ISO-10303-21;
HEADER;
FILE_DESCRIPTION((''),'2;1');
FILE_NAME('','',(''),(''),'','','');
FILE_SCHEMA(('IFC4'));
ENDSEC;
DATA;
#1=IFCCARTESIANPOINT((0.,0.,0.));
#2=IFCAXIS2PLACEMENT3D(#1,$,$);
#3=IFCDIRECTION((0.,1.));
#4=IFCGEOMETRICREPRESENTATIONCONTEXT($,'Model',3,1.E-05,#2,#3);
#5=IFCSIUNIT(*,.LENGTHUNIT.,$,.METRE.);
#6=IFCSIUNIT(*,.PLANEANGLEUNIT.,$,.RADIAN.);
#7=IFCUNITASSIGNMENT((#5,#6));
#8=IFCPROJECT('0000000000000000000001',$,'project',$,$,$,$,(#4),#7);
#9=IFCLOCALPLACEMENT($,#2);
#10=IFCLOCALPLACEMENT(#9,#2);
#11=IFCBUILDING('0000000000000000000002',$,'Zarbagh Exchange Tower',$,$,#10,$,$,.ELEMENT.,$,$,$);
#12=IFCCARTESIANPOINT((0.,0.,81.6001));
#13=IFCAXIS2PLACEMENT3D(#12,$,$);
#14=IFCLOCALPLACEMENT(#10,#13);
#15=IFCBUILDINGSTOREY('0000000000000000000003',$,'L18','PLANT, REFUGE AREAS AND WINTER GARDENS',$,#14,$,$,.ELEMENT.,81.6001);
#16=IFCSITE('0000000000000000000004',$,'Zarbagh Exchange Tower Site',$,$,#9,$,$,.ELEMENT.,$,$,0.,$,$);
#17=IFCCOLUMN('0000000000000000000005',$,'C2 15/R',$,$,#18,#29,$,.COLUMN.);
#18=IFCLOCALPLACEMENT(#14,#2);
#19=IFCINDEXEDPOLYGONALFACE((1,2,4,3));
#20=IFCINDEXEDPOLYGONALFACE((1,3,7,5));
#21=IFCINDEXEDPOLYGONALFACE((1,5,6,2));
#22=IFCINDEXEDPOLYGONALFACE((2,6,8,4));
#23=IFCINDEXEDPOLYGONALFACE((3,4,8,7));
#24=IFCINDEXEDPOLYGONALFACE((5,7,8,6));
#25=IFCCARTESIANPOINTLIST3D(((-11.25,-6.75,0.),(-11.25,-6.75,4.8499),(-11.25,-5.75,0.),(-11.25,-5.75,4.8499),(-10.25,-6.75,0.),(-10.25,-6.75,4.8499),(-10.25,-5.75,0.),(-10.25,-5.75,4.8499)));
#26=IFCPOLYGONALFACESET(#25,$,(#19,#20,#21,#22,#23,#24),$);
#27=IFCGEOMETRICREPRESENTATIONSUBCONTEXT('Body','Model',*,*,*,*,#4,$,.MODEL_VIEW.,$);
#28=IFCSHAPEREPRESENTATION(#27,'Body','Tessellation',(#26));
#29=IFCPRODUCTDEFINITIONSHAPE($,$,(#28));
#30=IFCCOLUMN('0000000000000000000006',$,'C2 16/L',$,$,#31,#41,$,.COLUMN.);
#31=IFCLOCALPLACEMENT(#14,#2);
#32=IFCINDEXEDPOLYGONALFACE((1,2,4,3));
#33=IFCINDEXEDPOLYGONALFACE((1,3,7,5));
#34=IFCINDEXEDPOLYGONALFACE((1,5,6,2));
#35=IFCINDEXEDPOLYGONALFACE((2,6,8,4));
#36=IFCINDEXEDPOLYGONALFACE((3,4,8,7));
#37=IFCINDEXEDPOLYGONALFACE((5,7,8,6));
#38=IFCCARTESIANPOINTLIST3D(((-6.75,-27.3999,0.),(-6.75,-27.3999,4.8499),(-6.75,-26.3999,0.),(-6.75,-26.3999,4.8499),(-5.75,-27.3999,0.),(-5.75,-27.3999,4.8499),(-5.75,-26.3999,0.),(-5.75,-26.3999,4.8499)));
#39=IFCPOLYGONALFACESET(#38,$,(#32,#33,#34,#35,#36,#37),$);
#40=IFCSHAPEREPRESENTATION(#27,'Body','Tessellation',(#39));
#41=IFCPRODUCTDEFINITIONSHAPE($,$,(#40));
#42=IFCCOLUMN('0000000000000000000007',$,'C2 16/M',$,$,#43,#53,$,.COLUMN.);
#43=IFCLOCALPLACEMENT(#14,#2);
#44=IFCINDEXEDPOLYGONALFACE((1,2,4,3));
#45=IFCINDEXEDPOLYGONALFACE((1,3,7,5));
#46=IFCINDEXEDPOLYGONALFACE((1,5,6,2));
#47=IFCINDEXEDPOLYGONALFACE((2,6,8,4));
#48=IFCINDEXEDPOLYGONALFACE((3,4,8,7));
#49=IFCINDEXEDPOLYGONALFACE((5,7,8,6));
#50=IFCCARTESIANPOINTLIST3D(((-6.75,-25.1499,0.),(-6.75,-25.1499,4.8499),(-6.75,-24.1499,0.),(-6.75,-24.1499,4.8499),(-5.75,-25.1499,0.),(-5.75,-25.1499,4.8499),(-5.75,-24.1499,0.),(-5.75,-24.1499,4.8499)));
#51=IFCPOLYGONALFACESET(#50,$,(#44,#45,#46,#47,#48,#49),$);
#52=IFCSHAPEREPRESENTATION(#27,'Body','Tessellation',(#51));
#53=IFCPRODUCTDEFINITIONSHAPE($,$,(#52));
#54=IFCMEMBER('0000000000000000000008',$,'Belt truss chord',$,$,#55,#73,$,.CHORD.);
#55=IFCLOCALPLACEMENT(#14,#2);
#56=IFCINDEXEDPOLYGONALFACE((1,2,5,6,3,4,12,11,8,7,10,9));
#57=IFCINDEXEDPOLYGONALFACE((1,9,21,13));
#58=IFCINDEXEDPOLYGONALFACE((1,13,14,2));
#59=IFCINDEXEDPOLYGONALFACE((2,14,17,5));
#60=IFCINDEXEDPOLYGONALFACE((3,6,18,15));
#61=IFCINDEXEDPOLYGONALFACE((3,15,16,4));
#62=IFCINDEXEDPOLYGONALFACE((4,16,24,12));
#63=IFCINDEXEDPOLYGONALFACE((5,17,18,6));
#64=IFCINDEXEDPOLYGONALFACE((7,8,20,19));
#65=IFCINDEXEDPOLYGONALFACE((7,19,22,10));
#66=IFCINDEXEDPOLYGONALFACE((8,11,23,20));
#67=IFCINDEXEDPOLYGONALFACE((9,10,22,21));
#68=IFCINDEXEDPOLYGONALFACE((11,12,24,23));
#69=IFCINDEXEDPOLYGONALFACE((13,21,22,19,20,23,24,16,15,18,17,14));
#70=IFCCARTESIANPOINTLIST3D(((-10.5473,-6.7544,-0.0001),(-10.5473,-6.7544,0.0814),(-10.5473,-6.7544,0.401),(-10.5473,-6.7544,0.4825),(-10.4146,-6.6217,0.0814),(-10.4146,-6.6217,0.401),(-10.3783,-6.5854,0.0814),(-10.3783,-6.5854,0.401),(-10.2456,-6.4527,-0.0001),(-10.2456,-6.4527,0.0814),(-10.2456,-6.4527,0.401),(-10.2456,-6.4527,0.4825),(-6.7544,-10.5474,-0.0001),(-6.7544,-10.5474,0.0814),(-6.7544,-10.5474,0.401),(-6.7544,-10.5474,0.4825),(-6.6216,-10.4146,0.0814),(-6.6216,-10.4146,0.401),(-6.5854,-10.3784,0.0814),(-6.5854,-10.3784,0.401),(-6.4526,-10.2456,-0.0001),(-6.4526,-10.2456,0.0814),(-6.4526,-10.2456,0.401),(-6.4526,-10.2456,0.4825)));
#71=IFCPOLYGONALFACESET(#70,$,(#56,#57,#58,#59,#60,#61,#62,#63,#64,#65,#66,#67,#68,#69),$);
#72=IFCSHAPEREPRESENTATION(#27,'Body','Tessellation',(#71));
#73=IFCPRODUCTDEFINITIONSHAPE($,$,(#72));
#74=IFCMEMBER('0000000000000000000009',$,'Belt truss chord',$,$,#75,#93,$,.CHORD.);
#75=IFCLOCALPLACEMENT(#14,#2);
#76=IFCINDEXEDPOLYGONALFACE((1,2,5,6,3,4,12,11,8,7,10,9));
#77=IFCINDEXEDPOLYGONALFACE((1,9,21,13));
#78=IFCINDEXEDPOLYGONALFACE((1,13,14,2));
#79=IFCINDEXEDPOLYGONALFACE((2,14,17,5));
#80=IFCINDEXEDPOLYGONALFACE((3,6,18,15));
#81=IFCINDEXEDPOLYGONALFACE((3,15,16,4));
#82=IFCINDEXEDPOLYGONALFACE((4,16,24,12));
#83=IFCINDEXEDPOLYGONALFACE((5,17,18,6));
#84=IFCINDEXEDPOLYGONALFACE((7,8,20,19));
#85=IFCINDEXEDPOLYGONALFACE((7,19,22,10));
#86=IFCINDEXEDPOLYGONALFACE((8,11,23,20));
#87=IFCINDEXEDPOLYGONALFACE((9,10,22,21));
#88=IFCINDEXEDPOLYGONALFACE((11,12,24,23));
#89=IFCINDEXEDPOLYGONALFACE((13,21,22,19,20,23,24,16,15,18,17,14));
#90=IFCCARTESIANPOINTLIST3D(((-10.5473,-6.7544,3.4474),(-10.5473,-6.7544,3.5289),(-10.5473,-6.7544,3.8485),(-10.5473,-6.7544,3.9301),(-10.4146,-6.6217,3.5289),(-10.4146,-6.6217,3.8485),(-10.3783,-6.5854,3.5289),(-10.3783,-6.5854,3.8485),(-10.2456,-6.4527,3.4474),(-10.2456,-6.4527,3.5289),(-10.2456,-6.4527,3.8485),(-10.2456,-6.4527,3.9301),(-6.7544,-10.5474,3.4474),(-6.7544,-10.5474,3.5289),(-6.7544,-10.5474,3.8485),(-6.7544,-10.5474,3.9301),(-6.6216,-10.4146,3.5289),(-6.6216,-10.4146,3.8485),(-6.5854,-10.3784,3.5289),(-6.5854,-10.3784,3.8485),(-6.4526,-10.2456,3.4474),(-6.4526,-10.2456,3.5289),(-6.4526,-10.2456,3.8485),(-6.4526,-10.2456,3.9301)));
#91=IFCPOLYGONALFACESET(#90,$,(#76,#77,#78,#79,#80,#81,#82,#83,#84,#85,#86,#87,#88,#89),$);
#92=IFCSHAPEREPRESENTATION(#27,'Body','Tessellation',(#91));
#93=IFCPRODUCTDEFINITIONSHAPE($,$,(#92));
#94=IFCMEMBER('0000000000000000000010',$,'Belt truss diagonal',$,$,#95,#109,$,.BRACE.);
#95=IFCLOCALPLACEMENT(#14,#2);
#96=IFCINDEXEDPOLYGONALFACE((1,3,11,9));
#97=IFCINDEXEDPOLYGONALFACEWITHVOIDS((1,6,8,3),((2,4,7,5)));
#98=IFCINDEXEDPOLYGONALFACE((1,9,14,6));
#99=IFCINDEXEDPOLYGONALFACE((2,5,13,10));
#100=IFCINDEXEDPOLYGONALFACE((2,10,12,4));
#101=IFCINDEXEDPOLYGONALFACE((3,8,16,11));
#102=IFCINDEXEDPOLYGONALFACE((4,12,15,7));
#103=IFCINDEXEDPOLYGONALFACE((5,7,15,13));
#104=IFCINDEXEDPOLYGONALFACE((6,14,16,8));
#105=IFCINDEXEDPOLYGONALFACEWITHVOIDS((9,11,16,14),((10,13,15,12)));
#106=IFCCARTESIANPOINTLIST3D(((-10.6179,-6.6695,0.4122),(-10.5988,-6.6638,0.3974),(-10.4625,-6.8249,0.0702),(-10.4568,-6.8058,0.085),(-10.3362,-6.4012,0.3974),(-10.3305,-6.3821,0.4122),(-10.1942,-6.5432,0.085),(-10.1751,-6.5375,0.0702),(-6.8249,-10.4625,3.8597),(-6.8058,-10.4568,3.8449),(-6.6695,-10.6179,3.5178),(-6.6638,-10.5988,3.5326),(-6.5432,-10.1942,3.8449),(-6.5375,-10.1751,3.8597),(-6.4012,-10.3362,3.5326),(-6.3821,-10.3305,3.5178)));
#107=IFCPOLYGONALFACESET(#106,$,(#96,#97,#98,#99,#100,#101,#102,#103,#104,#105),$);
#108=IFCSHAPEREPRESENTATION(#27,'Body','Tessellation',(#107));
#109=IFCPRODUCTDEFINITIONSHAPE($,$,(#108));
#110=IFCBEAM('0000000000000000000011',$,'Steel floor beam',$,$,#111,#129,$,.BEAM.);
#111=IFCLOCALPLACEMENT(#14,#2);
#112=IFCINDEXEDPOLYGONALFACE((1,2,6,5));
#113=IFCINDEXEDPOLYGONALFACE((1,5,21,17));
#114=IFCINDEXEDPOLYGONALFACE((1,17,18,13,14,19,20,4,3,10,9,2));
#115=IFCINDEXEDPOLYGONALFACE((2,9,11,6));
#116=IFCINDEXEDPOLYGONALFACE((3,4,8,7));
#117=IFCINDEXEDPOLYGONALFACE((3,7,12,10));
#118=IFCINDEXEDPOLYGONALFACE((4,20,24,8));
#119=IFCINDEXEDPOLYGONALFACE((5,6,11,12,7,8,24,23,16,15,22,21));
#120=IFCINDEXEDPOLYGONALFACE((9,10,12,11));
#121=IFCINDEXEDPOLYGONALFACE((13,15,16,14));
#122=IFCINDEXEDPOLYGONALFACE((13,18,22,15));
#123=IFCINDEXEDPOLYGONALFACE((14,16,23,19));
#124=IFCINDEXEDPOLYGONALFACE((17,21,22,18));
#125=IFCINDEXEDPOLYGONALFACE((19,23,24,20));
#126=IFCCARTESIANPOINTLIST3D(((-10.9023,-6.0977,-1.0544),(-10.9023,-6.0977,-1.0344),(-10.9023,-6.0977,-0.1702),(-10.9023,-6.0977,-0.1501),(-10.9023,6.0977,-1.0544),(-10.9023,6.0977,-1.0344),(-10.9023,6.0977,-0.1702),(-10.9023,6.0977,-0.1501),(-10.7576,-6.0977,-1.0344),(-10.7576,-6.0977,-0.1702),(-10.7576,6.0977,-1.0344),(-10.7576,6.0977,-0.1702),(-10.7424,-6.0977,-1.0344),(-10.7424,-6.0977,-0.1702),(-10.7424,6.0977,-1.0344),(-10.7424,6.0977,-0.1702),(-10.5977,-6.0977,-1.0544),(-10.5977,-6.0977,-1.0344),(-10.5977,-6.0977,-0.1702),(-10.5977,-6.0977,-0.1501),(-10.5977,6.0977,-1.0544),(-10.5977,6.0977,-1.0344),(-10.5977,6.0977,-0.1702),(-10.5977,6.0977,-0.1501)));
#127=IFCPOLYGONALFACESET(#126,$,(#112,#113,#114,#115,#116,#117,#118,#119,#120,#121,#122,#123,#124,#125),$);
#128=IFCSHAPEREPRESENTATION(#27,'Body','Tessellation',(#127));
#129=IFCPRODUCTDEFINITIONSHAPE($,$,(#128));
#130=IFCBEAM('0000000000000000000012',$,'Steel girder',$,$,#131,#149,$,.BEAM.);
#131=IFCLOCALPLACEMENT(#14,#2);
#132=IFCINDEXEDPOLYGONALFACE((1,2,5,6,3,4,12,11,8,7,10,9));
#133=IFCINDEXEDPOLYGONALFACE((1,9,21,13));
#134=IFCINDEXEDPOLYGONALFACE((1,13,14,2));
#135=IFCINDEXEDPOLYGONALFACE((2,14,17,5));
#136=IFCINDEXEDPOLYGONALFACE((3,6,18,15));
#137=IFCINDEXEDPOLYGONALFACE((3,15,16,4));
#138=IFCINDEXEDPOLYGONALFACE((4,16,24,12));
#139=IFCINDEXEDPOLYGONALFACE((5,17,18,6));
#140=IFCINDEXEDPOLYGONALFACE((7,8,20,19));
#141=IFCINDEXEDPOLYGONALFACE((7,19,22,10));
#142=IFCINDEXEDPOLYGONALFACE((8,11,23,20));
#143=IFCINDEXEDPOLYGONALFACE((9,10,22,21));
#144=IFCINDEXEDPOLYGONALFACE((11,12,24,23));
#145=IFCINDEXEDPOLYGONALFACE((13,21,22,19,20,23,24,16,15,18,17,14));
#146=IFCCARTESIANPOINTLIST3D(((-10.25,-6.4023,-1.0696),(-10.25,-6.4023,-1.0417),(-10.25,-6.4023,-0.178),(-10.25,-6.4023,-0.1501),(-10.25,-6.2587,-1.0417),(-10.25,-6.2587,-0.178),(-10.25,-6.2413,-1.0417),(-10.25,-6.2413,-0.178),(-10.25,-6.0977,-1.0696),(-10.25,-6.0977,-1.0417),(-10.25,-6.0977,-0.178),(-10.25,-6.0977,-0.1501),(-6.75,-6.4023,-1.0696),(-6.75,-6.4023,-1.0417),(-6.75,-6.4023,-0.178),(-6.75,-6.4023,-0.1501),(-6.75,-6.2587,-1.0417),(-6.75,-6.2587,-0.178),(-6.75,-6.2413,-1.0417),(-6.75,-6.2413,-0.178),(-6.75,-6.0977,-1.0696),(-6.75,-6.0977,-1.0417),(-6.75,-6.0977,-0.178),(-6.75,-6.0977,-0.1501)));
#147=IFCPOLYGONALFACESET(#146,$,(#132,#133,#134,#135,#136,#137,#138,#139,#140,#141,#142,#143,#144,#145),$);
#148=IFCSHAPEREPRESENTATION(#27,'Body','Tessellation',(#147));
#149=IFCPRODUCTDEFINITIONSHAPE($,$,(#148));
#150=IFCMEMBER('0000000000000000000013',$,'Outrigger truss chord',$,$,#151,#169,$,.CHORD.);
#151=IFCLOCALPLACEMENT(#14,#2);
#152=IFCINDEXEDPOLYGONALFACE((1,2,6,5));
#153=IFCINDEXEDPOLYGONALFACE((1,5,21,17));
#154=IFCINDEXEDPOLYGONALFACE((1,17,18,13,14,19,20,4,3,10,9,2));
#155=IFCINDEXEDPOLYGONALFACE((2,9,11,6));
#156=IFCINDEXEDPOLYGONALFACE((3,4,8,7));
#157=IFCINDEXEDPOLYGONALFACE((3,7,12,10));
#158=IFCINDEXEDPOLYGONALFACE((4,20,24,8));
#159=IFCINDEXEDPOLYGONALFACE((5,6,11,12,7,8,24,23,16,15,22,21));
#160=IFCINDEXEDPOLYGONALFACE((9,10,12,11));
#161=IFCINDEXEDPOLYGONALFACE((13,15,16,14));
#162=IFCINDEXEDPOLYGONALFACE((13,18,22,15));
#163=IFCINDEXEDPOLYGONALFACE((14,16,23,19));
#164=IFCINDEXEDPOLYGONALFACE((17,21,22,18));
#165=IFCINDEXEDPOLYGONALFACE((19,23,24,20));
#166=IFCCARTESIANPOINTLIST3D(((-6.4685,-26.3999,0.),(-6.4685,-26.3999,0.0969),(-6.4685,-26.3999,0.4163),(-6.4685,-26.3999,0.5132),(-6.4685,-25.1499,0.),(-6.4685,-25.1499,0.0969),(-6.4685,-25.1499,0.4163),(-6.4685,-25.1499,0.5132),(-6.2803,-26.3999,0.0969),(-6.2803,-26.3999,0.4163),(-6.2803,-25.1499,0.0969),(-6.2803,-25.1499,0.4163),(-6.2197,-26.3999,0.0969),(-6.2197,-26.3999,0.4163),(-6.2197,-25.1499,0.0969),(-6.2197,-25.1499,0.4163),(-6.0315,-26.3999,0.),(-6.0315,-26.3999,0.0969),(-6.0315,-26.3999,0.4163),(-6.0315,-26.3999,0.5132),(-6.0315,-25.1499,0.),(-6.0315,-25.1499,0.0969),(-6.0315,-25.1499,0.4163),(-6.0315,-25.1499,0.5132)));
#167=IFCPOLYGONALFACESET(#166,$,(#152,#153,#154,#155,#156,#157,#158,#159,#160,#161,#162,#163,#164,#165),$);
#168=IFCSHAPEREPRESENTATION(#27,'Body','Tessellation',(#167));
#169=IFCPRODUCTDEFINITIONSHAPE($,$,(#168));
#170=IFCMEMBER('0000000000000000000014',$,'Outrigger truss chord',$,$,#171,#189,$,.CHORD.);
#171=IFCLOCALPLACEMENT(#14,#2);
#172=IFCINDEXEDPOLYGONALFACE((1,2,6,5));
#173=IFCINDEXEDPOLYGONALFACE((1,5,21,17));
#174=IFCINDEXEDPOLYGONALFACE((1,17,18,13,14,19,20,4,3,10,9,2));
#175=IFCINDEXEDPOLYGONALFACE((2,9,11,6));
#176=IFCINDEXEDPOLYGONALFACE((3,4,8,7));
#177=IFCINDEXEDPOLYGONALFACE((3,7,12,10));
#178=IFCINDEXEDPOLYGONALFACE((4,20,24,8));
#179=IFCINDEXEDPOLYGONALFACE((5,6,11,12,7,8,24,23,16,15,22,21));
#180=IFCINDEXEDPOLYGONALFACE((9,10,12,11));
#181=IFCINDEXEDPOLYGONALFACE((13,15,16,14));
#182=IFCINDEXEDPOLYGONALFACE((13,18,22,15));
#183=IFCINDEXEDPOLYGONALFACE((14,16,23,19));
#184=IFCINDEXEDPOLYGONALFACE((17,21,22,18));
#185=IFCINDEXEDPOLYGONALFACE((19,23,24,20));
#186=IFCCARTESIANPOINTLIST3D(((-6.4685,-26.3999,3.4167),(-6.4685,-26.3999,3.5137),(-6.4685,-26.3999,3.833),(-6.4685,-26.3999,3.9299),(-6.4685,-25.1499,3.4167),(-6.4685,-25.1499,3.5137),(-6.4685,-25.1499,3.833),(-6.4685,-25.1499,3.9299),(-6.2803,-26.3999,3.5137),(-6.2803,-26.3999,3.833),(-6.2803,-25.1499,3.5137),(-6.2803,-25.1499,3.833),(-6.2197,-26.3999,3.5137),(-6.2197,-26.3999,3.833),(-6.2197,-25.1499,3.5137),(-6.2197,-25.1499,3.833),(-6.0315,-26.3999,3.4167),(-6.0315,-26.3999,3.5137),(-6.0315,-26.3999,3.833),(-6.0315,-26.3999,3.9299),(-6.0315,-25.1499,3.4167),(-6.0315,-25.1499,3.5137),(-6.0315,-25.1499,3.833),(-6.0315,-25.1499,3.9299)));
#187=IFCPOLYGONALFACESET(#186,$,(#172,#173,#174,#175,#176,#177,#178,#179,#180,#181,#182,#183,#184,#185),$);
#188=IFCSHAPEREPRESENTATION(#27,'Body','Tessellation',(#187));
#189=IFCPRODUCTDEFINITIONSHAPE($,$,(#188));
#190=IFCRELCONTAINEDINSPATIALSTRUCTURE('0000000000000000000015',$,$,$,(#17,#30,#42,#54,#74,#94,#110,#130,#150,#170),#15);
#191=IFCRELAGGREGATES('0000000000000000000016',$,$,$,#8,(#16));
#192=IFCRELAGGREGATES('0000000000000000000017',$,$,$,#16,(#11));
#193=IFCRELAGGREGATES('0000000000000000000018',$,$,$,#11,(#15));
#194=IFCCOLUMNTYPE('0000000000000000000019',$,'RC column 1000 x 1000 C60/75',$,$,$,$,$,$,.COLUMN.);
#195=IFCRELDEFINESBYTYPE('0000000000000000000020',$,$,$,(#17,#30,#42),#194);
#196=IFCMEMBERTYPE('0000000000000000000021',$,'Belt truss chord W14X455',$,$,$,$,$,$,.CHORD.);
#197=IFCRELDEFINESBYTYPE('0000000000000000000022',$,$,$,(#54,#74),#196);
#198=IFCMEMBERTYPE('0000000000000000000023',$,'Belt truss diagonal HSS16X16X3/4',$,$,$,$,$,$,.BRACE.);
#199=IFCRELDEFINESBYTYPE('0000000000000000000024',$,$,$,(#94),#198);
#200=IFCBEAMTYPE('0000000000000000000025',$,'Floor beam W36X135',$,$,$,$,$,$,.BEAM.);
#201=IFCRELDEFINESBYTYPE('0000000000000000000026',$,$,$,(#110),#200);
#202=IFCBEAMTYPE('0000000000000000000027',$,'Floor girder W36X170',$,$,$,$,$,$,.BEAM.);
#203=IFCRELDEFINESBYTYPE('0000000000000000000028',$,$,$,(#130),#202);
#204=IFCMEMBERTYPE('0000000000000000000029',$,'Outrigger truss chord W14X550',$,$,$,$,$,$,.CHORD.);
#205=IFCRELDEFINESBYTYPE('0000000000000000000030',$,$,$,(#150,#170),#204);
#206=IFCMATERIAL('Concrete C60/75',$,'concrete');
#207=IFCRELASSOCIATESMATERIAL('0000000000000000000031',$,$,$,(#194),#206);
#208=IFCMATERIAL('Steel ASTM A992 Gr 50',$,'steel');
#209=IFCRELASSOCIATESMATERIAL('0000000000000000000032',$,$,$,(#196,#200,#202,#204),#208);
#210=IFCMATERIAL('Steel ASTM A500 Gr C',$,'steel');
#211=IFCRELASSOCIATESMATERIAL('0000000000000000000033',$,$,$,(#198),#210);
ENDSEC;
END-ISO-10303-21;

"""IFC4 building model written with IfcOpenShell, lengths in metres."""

from ifc_helpers import new_model, si_unit, direction, frame, origin, origin_2d, place, context, subcontext, project, spatial, rectangle, hollow_rectangle, i_section, extrude, material, material_profile, profile_set, type_object, element, save


model = new_model("IFC4")

# Units and contexts
model_context = context("Model", 3, precision=1e-05, world=origin(), true_north=direction((0.0, 1.0)))
body_context = subcontext(model_context, "Body", "Model", "MODEL_VIEW")
ifc_project = project(units=[si_unit("LENGTHUNIT", "METRE"), si_unit("PLANEANGLEUNIT", "RADIAN")], contexts=[model_context])

# Site, building, storey
site_placement = place(None, origin())
site = spatial("IfcSite", under=ifc_project, at=site_placement, Name="Zarbagh Exchange Tower Site", CompositionType="ELEMENT", RefElevation=0.0)
building_placement = place(site_placement, origin())
building = spatial("IfcBuilding", under=site, at=building_placement, Name="Zarbagh Exchange Tower", CompositionType="ELEMENT")
storey_placement = place(building_placement, frame((0.0, 0.0, 81.6001)))
storey = spatial("IfcBuildingStorey", under=building, at=storey_placement, Name="L18", Description="PLANT, REFUGE AREAS AND WINTER GARDENS", CompositionType="ELEMENT", Elevation=81.6001)

# Columns
ifc_material_1 = material(Name="Concrete C60/75", Category="concrete")
ifc_material_profile_1 = material_profile(ifc_material_1, rectangle(XDim=1.0, YDim=1.0, at=origin_2d()), Name="RC column 1000 x 1000 C60/75")
ifc_profile_set_1 = profile_set([ifc_material_profile_1], Name="Concrete C60/75")
column_type = type_object("IfcColumnType", Name="RC column 1000 x 1000 C60/75", PredefinedType="COLUMN", material=ifc_profile_set_1)
for number, where, z_axis, x_axis, name in (
    (1, (-10.75, -6.25, 0.0), (0.0, 0.0, 1.0), (1.0, 0.0, 0.0), "C2 15/R"),
    (2, (-6.25, -26.8999, 0.0), (0.0, 0.0, 1.0), (1.0, 0.0, 0.0), "C2 16/L"),
    (3, (-6.25, -24.6499, 0.0), (0.0, 0.0, 1.0), (1.0, 0.0, 0.0), "C2 16/M"),
):
    element("IfcColumn", number, at=place(storey_placement, frame(where, z_axis=z_axis, x_axis=x_axis)), inside=storey, type_object=column_type, Name=name, PredefinedType="COLUMN", context=body_context, shape_type="SweptSolid", body=[
        extrude(rectangle(XDim=1.0, YDim=1.0, at=origin_2d()), origin(), (0.0, 0.0, 1.0), 4.8499),
    ])

# Members
ifc_material_2 = material(Name="Steel ASTM A992 Gr 50", Category="steel")
ifc_material_profile_2 = material_profile(ifc_material_2, i_section(OverallWidth=0.4268, OverallDepth=0.4827, WebThickness=0.0513, FlangeThickness=0.0815, at=origin_2d()), Name="W14X455")
ifc_profile_set_2 = profile_set([ifc_material_profile_2], Name="Steel ASTM A992 Gr 50")
member_type_1 = type_object("IfcMemberType", Name="Belt truss chord W14X455", PredefinedType="CHORD", material=ifc_profile_set_2)
for number, where, z_axis, x_axis, name in (
    (4, (-6.6035, -10.3965, 0.2412), (-0.707107, 0.707107, 0.0), (-0.707107, -0.707107, 0.0), "Belt truss chord"),
    (5, (-6.6035, -10.3965, 3.6887), (-0.707107, 0.707107, 0.0), (-0.707107, -0.707107, 0.0), "Belt truss chord"),
):
    element("IfcMember", number, at=place(storey_placement, frame(where, z_axis=z_axis, x_axis=x_axis)), inside=storey, type_object=member_type_1, Name=name, PredefinedType="CHORD", context=body_context, shape_type="SweptSolid", body=[
        extrude(i_section(OverallWidth=0.4268, OverallDepth=0.4827, WebThickness=0.0513, FlangeThickness=0.0815, at=origin_2d()), origin(), (0.0, 0.0, 1.0), 5.364),
    ])
ifc_material_3 = material(Name="Steel ASTM A500 Gr C", Category="steel")
ifc_material_profile_3 = material_profile(ifc_material_3, hollow_rectangle(XDim=0.4065, YDim=0.4065, WallThickness=0.0176, at=origin_2d()), Name="HSS16X16X3/4")
ifc_profile_set_3 = profile_set([ifc_material_profile_3], Name="Steel ASTM A500 Gr C")
member_type_2 = type_object("IfcMemberType", Name="Belt truss diagonal HSS16X16X3/4", PredefinedType="BRACE", material=ifc_profile_set_3)
member_1_placement = place(storey_placement, frame((-10.3965, -6.6035, 0.2412), z_axis=(0.594844, -0.594844, 0.540667), x_axis=(0.707107, 0.707107, 0.0)))
element("IfcMember", 6, at=member_1_placement, inside=storey, type_object=member_type_2, Name="Belt truss diagonal", PredefinedType="BRACE", context=body_context, shape_type="SweptSolid", body=[
    extrude(hollow_rectangle(XDim=0.4065, YDim=0.4065, WallThickness=0.0176, at=origin_2d()), origin(), (0.0, 0.0, 1.0), 6.3765),
])

# Beams
ifc_material_profile_4 = material_profile(ifc_material_2, i_section(OverallWidth=0.3047, OverallDepth=0.9043, WebThickness=0.0151, FlangeThickness=0.02, at=origin_2d()), Name="W36X135")
ifc_profile_set_4 = profile_set([ifc_material_profile_4], Name="Steel ASTM A992 Gr 50")
beam_type_1 = type_object("IfcBeamType", Name="Floor beam W36X135", PredefinedType="BEAM", material=ifc_profile_set_4)
beam_1_placement = place(storey_placement, frame((-10.75, -6.0977, -0.6023), z_axis=(0.0, 1.0, 0.0), x_axis=(-1.0, 0.0, 0.0)))
element("IfcBeam", 7, at=beam_1_placement, inside=storey, type_object=beam_type_1, Name="Steel floor beam", PredefinedType="BEAM", context=body_context, shape_type="SweptSolid", body=[
    extrude(i_section(OverallWidth=0.3047, OverallDepth=0.9043, WebThickness=0.0151, FlangeThickness=0.02, at=origin_2d()), origin(), (0.0, 0.0, 1.0), 12.1953),
])
ifc_material_profile_5 = material_profile(ifc_material_2, i_section(OverallWidth=0.3047, OverallDepth=0.9194, WebThickness=0.0173, FlangeThickness=0.0278, at=origin_2d()), Name="W36X170")
ifc_profile_set_5 = profile_set([ifc_material_profile_5], Name="Steel ASTM A992 Gr 50")
beam_type_2 = type_object("IfcBeamType", Name="Floor girder W36X170", PredefinedType="BEAM", material=ifc_profile_set_5)
beam_2_placement = place(storey_placement, frame((-10.25, -6.25, -0.6099), z_axis=(1.0, 0.0, 0.0), x_axis=(0.0, 1.0, 0.0)))
element("IfcBeam", 8, at=beam_2_placement, inside=storey, type_object=beam_type_2, Name="Steel girder", PredefinedType="BEAM", context=body_context, shape_type="SweptSolid", body=[
    extrude(i_section(OverallWidth=0.3047, OverallDepth=0.9194, WebThickness=0.0173, FlangeThickness=0.0278, at=origin_2d()), origin(), (0.0, 0.0, 1.0), 3.5),
])

# Members
ifc_material_profile_6 = material_profile(ifc_material_2, i_section(OverallWidth=0.437, OverallDepth=0.5132, WebThickness=0.0605, FlangeThickness=0.0969, at=origin_2d()), Name="W14X550")
ifc_profile_set_6 = profile_set([ifc_material_profile_6], Name="Steel ASTM A992 Gr 50")
member_type_3 = type_object("IfcMemberType", Name="Outrigger truss chord W14X550", PredefinedType="CHORD", material=ifc_profile_set_6)
for number, where, z_axis, x_axis, name in (
    (9, (-6.25, -26.3999, 0.2566), (0.0, 1.0, 0.0), (-1.0, 0.0, 0.0), "Outrigger truss chord"),
    (10, (-6.25, -26.3999, 3.6733), (0.0, 1.0, 0.0), (-1.0, 0.0, 0.0), "Outrigger truss chord"),
):
    element("IfcMember", number, at=place(storey_placement, frame(where, z_axis=z_axis, x_axis=x_axis)), inside=storey, type_object=member_type_3, Name=name, PredefinedType="CHORD", context=body_context, shape_type="SweptSolid", body=[
        extrude(i_section(OverallWidth=0.437, OverallDepth=0.5132, WebThickness=0.0605, FlangeThickness=0.0969, at=origin_2d()), origin(), (0.0, 0.0, 1.0), 1.25),
    ])

save(model, "model.ifc")
